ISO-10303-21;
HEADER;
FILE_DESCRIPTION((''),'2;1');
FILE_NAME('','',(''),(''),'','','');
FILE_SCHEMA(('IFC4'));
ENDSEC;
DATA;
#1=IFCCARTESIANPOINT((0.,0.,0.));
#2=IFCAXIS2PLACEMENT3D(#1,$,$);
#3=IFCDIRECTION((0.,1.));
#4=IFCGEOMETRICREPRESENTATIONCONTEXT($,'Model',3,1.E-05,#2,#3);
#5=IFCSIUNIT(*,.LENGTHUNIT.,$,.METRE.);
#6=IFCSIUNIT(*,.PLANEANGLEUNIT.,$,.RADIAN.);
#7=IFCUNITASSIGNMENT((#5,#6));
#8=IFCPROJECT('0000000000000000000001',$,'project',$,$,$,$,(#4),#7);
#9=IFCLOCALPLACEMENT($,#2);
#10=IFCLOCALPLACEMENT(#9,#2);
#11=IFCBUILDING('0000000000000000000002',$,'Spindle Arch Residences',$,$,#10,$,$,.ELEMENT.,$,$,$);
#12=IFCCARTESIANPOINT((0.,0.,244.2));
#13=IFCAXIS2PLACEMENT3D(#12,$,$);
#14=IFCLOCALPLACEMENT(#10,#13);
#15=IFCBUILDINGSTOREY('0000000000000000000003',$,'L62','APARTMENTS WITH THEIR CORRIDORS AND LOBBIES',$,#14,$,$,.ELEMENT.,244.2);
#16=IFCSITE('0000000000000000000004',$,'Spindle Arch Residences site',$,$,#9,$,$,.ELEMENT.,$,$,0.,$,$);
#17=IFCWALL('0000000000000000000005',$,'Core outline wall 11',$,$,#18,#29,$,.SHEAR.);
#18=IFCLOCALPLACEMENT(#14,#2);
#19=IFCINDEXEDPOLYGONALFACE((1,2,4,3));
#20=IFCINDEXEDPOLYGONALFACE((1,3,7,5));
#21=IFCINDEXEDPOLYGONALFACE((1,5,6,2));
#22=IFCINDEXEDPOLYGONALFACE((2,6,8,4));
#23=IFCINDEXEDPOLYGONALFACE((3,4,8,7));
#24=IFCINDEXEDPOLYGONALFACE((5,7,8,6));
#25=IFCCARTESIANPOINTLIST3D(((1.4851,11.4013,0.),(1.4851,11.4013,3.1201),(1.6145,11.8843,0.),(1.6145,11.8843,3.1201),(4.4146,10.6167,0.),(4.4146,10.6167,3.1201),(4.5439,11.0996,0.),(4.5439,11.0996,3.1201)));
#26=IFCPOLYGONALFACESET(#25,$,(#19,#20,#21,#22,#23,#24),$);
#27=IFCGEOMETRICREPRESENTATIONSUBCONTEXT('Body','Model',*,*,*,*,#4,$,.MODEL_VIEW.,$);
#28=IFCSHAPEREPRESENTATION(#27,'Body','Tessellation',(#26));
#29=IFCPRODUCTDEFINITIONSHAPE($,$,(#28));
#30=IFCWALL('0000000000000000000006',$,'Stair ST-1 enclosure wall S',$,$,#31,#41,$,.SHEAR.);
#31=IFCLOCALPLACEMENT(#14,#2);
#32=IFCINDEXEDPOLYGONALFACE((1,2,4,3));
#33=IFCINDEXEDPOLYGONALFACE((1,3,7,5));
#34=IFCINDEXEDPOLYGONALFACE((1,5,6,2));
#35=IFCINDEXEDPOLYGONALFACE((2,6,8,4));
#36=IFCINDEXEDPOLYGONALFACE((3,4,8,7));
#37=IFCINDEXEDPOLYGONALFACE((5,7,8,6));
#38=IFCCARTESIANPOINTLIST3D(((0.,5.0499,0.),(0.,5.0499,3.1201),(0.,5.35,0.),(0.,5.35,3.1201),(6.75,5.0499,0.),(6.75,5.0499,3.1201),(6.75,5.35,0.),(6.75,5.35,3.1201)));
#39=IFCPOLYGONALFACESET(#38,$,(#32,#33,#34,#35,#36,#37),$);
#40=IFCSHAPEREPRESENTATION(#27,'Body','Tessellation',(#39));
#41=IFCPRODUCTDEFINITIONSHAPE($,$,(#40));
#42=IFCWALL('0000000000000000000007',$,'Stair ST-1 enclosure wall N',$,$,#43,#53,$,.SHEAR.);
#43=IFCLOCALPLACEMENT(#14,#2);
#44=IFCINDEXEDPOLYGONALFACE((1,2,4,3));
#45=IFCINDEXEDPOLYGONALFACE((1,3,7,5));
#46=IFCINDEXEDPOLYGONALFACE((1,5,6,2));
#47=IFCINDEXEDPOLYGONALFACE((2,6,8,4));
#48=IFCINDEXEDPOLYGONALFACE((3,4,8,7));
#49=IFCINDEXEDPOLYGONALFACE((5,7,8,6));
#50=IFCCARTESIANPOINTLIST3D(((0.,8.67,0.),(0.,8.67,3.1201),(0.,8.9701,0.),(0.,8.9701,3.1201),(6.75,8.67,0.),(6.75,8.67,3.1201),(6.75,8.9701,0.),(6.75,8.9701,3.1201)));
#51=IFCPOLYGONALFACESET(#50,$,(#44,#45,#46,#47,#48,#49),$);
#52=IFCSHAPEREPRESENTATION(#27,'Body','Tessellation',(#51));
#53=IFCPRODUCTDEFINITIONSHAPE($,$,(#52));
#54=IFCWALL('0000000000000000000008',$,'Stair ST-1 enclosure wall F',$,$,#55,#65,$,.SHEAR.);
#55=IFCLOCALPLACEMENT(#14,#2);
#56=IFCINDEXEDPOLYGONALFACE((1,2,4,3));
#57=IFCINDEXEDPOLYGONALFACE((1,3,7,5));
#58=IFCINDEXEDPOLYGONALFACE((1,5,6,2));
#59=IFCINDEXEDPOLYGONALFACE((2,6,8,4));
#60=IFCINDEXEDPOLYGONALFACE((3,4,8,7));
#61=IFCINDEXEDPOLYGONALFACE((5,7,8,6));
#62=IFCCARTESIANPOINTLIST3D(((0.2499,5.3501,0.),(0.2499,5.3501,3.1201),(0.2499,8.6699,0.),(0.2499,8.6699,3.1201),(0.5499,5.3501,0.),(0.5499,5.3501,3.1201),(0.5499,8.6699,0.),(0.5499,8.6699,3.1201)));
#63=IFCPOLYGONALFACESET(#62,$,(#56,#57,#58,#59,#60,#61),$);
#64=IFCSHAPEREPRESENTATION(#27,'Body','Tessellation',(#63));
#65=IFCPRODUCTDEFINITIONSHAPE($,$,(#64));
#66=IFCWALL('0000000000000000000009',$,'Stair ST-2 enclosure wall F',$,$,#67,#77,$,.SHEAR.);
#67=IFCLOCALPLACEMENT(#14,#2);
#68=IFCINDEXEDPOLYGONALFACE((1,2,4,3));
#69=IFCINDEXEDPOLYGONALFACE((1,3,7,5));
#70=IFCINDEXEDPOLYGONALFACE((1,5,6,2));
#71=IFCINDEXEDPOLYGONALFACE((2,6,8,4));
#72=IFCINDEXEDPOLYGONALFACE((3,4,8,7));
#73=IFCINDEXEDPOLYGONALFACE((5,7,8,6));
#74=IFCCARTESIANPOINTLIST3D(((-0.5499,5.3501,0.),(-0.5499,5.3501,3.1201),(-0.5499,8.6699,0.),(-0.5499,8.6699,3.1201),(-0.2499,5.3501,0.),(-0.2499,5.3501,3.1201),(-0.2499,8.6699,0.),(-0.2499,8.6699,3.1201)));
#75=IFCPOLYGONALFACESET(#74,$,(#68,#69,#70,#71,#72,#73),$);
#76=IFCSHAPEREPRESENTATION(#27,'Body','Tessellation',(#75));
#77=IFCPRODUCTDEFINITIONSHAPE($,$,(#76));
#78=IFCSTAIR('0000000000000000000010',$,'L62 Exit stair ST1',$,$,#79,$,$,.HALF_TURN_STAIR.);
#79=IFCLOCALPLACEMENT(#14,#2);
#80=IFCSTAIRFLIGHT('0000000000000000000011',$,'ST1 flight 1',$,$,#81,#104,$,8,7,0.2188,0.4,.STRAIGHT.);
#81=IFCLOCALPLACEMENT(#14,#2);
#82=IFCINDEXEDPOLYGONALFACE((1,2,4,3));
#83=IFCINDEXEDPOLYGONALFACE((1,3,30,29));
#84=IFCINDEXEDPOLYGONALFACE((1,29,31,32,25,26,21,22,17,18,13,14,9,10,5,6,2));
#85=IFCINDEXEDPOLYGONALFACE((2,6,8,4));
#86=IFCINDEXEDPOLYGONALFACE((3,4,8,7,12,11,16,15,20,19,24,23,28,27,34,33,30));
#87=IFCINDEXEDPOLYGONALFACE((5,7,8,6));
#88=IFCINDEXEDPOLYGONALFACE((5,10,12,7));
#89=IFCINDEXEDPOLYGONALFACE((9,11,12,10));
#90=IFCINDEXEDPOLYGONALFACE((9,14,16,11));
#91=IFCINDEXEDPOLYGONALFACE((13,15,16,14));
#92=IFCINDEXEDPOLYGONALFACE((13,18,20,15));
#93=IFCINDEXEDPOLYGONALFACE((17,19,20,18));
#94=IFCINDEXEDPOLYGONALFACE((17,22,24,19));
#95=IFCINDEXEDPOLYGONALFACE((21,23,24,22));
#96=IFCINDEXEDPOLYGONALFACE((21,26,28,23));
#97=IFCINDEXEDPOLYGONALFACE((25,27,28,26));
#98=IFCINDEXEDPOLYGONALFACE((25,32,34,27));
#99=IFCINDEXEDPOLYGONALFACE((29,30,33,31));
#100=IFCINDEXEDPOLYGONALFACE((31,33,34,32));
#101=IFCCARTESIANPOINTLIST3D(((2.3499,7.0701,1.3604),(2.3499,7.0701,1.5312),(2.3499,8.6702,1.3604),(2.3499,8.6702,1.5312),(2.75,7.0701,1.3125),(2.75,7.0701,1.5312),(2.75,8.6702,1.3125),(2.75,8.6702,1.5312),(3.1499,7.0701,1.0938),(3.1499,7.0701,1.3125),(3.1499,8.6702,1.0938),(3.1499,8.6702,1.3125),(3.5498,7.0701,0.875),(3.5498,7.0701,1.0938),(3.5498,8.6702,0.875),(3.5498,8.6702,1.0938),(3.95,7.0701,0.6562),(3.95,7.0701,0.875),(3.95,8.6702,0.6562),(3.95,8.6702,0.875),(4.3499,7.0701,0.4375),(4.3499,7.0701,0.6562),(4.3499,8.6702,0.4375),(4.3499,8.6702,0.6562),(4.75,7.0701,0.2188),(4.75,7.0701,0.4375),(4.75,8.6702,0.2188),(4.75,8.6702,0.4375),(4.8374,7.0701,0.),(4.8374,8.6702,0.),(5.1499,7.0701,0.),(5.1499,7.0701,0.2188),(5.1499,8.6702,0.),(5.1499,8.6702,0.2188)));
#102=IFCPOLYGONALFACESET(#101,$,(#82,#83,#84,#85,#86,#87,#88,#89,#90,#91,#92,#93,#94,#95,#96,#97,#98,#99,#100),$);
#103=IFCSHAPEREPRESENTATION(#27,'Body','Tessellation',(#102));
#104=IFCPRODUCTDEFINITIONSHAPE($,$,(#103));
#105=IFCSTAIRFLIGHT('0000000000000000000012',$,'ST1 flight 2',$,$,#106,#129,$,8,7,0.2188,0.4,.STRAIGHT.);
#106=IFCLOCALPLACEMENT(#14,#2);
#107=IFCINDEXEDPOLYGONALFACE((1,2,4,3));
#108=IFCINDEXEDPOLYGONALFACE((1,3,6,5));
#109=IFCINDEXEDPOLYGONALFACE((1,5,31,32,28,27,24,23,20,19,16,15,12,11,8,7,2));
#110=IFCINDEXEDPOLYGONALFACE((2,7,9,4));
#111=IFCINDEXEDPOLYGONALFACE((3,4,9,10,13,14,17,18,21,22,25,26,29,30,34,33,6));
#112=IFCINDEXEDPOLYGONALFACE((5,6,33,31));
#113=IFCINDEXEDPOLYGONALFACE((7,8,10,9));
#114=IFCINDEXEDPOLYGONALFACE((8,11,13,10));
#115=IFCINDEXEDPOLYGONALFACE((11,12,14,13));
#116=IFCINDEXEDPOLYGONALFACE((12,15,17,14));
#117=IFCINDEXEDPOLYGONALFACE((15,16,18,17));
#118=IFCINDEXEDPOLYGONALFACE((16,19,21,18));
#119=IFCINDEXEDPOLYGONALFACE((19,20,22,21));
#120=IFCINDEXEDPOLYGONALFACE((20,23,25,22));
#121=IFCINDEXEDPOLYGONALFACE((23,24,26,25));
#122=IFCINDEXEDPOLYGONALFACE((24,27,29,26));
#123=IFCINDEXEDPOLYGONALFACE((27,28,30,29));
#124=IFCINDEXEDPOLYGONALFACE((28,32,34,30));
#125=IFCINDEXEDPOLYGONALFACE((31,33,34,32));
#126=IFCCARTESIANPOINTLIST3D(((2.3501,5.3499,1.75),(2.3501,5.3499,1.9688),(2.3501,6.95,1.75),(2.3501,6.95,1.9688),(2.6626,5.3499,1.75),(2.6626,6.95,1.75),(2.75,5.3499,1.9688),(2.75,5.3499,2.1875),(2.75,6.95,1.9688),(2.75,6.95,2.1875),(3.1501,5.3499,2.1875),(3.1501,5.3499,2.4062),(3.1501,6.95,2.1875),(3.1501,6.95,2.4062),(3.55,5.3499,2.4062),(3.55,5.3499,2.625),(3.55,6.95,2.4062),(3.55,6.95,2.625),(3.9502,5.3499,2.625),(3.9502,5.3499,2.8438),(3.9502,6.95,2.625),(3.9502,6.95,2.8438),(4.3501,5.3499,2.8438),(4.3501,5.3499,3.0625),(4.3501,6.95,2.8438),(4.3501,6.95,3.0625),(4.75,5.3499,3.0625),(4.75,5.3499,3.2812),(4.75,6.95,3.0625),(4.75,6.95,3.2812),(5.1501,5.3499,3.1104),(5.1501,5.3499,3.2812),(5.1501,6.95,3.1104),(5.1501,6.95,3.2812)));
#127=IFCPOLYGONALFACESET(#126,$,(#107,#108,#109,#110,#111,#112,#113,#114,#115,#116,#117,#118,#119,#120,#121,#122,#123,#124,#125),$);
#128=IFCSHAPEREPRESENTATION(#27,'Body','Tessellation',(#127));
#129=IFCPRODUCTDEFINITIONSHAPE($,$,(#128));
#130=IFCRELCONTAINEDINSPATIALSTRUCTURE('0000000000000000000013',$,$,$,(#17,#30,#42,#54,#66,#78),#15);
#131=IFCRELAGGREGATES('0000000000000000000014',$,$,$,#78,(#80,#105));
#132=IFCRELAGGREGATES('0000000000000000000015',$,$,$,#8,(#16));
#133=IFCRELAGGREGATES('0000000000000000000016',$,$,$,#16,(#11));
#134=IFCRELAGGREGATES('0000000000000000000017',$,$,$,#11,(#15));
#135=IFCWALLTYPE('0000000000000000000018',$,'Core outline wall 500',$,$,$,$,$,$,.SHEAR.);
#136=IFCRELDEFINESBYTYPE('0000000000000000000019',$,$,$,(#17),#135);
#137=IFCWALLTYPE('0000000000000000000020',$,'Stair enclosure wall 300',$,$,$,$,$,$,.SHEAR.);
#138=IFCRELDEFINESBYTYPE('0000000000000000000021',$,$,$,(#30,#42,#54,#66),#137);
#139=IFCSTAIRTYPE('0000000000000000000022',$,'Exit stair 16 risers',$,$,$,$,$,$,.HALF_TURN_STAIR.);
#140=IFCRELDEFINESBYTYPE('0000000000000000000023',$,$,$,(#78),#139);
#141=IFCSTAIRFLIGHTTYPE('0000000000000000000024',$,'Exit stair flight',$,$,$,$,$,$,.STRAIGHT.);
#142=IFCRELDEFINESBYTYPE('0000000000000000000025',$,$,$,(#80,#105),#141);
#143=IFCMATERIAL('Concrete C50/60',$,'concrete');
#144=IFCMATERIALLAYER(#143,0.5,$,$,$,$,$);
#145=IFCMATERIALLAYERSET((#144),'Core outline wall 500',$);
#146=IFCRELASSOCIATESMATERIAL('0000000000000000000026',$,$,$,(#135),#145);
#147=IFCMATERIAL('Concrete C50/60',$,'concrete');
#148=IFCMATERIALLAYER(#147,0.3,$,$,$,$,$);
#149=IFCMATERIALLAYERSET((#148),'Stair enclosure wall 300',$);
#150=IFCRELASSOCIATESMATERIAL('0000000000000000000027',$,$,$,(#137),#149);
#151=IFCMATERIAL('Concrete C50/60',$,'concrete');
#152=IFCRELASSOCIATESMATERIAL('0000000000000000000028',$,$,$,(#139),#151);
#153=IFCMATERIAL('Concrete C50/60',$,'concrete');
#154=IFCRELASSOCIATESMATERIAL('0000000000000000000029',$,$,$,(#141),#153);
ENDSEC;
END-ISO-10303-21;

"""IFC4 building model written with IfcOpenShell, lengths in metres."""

from ifc_helpers import new_model, si_unit, direction, frame, frame_2d, origin, place, context, subcontext, project, spatial, polyline, rectangle, outline, extrude, material, layer, layer_set, type_object, element, aggregate, save


model = new_model("IFC4")

# Units and contexts
model_context = context("Model", 3, precision=1e-05, world=origin(), true_north=direction((0.0, 1.0)))
body_context = subcontext(model_context, "Body", "Model", "MODEL_VIEW")
ifc_project = project(units=[si_unit("LENGTHUNIT", "METRE"), si_unit("PLANEANGLEUNIT", "RADIAN")], contexts=[model_context])

# Site, building, storey
site_placement = place(None, origin())
site = spatial("IfcSite", under=ifc_project, at=site_placement, Name="Spindle Arch Residences site", CompositionType="ELEMENT", RefElevation=0.0)
building_placement = place(site_placement, origin())
building = spatial("IfcBuilding", under=site, at=building_placement, Name="Spindle Arch Residences", CompositionType="ELEMENT")
storey_placement = place(building_placement, frame((0.0, 0.0, 244.2)))
storey = spatial("IfcBuildingStorey", under=building, at=storey_placement, Name="L62", Description="APARTMENTS WITH THEIR CORRIDORS AND LOBBIES", CompositionType="ELEMENT", Elevation=244.2)

# Wall
ifc_material_1 = material(Name="Concrete C50/60", Category="concrete")
ifc_layer_1 = layer(ifc_material_1, 0.5)
ifc_layer_set_1 = layer_set([ifc_layer_1], Name="Core outline wall 500")
wall_type_1 = type_object("IfcWallType", Name="Core outline wall 500", PredefinedType="SHEAR", material=ifc_layer_set_1)
wall_1_placement = place(storey_placement, frame((4.4792, 10.8582, 0.0), z_axis=(0.0, 0.0, 1.0), x_axis=(-0.965948, 0.258735, 0.0)))
element("IfcWall", 1, at=wall_1_placement, inside=storey, type_object=wall_type_1, Name="Core outline wall 11", PredefinedType="SHEAR", context=body_context, shape_type="SweptSolid", body=[
    extrude(rectangle(XDim=3.0327, YDim=0.5, at=frame_2d((1.5164, 0.0))), origin(), (0.0, 0.0, 1.0), 3.1201),
])

# Walls
ifc_material_2 = material(Name="Concrete C50/60", Category="concrete")
ifc_layer_2 = layer(ifc_material_2, 0.3)
ifc_layer_set_2 = layer_set([ifc_layer_2], Name="Stair enclosure wall 300")
wall_type_2 = type_object("IfcWallType", Name="Stair enclosure wall 300", PredefinedType="SHEAR", material=ifc_layer_set_2)
for number, where, z_axis, x_axis, name in (
    (2, (0.0, 5.2, 0.0), (0.0, 0.0, 1.0), (1.0, 0.0, 0.0), "Stair ST-1 enclosure wall S"),
    (3, (0.0, 8.8201, 0.0), (0.0, 0.0, 1.0), (1.0, 0.0, 0.0), "Stair ST-1 enclosure wall N"),
):
    element("IfcWall", number, at=place(storey_placement, frame(where, z_axis=z_axis, x_axis=x_axis)), inside=storey, type_object=wall_type_2, Name=name, PredefinedType="SHEAR", context=body_context, shape_type="SweptSolid", body=[
        extrude(rectangle(XDim=6.75, YDim=0.3, at=frame_2d((3.375, 0.0))), origin(), (0.0, 0.0, 1.0), 3.1201),
    ])
for number, where, z_axis, x_axis, name in (
    (4, (0.3999, 5.3501, 0.0), (0.0, 0.0, 1.0), (0.0, 1.0, 0.0), "Stair ST-1 enclosure wall F"),
    (5, (-0.3999, 5.3501, 0.0), (0.0, 0.0, 1.0), (0.0, 1.0, 0.0), "Stair ST-2 enclosure wall F"),
):
    element("IfcWall", number, at=place(storey_placement, frame(where, z_axis=z_axis, x_axis=x_axis)), inside=storey, type_object=wall_type_2, Name=name, PredefinedType="SHEAR", context=body_context, shape_type="SweptSolid", body=[
        extrude(rectangle(XDim=3.3198, YDim=0.3, at=frame_2d((1.6599, 0.0))), origin(), (0.0, 0.0, 1.0), 3.1201),
    ])

# Stair, stair flights
ifc_material_3 = material(Name="Concrete C50/60", Category="concrete")
stair_type = type_object("IfcStairType", Name="Exit stair 16 risers", PredefinedType="HALF_TURN_STAIR", material=ifc_material_3)
stair_placement = place(storey_placement, origin())
stair = element("IfcStair", 6, at=stair_placement, inside=storey, type_object=stair_type, Name="L62 Exit stair ST1", PredefinedType="HALF_TURN_STAIR")
ifc_material_4 = material(Name="Concrete C50/60", Category="concrete")
stair_flight_type = type_object("IfcStairFlightType", Name="Exit stair flight", PredefinedType="STRAIGHT", material=ifc_material_4)
stair_flight_1_placement = place(storey_placement, frame((5.1499, 7.8701, 0.0), z_axis=(0.0, 0.0, 1.0), x_axis=(-1.0, 0.0, 0.0)))
stair_flight_1 = element("IfcStairFlight", 7, at=stair_flight_1_placement, type_object=stair_flight_type, Name="ST1 flight 1", NumberOfRisers=8, NumberOfTreads=7, PredefinedType="STRAIGHT", RiserHeight=0.2188, TreadLength=0.4, context=body_context, shape_type="SweptSolid", body=[
    extrude(outline(polyline([(0.0, 0.0), (0.0, 0.2188), (0.3999, 0.2188), (0.3999, 0.4375), (0.8, 0.4375), (0.8, 0.6562), (1.2, 0.6562), (1.2, 0.875), (1.6001, 0.875), (1.6001, 1.0938), (2.0, 1.0938), (2.0, 1.3125), (2.3999, 1.3125), (2.3999, 1.5312), (2.8, 1.5312), (2.8, 1.75), (2.8, 1.3604), (0.3125, 0.0), (0.0, 0.0)])), frame((0.0, 0.8, 0.0), z_axis=(0.0, -1.0, 0.0), x_axis=(1.0, 0.0, 0.0)), (0.0, 0.0, 1.0), 1.6001),
])
stair_flight_2_placement = place(storey_placement, frame((2.3501, 6.1499, 1.75), z_axis=(0.0, 0.0, 1.0), x_axis=(1.0, 0.0, 0.0)))
stair_flight_2 = element("IfcStairFlight", 8, at=stair_flight_2_placement, type_object=stair_flight_type, Name="ST1 flight 2", NumberOfRisers=8, NumberOfTreads=7, PredefinedType="STRAIGHT", RiserHeight=0.2188, TreadLength=0.4, context=body_context, shape_type="SweptSolid", body=[
    extrude(outline(polyline([(0.0, 0.0), (0.0, 0.2188), (0.3999, 0.2188), (0.3999, 0.4375), (0.8, 0.4375), (0.8, 0.6562), (1.2, 0.6562), (1.2, 0.875), (1.6001, 0.875), (1.6001, 1.0938), (2.0, 1.0938), (2.0, 1.3125), (2.3999, 1.3125), (2.3999, 1.5312), (2.8, 1.5312), (2.8, 1.75), (2.8, 1.3604), (0.3125, 0.0), (0.0, 0.0)])), frame((0.0, 0.8, 0.0), z_axis=(0.0, -1.0, 0.0), x_axis=(1.0, 0.0, 0.0)), (0.0, 0.0, 1.0), 1.6001),
])
aggregate(stair, [stair_flight_1, stair_flight_2])

save(model, "model.ifc")
